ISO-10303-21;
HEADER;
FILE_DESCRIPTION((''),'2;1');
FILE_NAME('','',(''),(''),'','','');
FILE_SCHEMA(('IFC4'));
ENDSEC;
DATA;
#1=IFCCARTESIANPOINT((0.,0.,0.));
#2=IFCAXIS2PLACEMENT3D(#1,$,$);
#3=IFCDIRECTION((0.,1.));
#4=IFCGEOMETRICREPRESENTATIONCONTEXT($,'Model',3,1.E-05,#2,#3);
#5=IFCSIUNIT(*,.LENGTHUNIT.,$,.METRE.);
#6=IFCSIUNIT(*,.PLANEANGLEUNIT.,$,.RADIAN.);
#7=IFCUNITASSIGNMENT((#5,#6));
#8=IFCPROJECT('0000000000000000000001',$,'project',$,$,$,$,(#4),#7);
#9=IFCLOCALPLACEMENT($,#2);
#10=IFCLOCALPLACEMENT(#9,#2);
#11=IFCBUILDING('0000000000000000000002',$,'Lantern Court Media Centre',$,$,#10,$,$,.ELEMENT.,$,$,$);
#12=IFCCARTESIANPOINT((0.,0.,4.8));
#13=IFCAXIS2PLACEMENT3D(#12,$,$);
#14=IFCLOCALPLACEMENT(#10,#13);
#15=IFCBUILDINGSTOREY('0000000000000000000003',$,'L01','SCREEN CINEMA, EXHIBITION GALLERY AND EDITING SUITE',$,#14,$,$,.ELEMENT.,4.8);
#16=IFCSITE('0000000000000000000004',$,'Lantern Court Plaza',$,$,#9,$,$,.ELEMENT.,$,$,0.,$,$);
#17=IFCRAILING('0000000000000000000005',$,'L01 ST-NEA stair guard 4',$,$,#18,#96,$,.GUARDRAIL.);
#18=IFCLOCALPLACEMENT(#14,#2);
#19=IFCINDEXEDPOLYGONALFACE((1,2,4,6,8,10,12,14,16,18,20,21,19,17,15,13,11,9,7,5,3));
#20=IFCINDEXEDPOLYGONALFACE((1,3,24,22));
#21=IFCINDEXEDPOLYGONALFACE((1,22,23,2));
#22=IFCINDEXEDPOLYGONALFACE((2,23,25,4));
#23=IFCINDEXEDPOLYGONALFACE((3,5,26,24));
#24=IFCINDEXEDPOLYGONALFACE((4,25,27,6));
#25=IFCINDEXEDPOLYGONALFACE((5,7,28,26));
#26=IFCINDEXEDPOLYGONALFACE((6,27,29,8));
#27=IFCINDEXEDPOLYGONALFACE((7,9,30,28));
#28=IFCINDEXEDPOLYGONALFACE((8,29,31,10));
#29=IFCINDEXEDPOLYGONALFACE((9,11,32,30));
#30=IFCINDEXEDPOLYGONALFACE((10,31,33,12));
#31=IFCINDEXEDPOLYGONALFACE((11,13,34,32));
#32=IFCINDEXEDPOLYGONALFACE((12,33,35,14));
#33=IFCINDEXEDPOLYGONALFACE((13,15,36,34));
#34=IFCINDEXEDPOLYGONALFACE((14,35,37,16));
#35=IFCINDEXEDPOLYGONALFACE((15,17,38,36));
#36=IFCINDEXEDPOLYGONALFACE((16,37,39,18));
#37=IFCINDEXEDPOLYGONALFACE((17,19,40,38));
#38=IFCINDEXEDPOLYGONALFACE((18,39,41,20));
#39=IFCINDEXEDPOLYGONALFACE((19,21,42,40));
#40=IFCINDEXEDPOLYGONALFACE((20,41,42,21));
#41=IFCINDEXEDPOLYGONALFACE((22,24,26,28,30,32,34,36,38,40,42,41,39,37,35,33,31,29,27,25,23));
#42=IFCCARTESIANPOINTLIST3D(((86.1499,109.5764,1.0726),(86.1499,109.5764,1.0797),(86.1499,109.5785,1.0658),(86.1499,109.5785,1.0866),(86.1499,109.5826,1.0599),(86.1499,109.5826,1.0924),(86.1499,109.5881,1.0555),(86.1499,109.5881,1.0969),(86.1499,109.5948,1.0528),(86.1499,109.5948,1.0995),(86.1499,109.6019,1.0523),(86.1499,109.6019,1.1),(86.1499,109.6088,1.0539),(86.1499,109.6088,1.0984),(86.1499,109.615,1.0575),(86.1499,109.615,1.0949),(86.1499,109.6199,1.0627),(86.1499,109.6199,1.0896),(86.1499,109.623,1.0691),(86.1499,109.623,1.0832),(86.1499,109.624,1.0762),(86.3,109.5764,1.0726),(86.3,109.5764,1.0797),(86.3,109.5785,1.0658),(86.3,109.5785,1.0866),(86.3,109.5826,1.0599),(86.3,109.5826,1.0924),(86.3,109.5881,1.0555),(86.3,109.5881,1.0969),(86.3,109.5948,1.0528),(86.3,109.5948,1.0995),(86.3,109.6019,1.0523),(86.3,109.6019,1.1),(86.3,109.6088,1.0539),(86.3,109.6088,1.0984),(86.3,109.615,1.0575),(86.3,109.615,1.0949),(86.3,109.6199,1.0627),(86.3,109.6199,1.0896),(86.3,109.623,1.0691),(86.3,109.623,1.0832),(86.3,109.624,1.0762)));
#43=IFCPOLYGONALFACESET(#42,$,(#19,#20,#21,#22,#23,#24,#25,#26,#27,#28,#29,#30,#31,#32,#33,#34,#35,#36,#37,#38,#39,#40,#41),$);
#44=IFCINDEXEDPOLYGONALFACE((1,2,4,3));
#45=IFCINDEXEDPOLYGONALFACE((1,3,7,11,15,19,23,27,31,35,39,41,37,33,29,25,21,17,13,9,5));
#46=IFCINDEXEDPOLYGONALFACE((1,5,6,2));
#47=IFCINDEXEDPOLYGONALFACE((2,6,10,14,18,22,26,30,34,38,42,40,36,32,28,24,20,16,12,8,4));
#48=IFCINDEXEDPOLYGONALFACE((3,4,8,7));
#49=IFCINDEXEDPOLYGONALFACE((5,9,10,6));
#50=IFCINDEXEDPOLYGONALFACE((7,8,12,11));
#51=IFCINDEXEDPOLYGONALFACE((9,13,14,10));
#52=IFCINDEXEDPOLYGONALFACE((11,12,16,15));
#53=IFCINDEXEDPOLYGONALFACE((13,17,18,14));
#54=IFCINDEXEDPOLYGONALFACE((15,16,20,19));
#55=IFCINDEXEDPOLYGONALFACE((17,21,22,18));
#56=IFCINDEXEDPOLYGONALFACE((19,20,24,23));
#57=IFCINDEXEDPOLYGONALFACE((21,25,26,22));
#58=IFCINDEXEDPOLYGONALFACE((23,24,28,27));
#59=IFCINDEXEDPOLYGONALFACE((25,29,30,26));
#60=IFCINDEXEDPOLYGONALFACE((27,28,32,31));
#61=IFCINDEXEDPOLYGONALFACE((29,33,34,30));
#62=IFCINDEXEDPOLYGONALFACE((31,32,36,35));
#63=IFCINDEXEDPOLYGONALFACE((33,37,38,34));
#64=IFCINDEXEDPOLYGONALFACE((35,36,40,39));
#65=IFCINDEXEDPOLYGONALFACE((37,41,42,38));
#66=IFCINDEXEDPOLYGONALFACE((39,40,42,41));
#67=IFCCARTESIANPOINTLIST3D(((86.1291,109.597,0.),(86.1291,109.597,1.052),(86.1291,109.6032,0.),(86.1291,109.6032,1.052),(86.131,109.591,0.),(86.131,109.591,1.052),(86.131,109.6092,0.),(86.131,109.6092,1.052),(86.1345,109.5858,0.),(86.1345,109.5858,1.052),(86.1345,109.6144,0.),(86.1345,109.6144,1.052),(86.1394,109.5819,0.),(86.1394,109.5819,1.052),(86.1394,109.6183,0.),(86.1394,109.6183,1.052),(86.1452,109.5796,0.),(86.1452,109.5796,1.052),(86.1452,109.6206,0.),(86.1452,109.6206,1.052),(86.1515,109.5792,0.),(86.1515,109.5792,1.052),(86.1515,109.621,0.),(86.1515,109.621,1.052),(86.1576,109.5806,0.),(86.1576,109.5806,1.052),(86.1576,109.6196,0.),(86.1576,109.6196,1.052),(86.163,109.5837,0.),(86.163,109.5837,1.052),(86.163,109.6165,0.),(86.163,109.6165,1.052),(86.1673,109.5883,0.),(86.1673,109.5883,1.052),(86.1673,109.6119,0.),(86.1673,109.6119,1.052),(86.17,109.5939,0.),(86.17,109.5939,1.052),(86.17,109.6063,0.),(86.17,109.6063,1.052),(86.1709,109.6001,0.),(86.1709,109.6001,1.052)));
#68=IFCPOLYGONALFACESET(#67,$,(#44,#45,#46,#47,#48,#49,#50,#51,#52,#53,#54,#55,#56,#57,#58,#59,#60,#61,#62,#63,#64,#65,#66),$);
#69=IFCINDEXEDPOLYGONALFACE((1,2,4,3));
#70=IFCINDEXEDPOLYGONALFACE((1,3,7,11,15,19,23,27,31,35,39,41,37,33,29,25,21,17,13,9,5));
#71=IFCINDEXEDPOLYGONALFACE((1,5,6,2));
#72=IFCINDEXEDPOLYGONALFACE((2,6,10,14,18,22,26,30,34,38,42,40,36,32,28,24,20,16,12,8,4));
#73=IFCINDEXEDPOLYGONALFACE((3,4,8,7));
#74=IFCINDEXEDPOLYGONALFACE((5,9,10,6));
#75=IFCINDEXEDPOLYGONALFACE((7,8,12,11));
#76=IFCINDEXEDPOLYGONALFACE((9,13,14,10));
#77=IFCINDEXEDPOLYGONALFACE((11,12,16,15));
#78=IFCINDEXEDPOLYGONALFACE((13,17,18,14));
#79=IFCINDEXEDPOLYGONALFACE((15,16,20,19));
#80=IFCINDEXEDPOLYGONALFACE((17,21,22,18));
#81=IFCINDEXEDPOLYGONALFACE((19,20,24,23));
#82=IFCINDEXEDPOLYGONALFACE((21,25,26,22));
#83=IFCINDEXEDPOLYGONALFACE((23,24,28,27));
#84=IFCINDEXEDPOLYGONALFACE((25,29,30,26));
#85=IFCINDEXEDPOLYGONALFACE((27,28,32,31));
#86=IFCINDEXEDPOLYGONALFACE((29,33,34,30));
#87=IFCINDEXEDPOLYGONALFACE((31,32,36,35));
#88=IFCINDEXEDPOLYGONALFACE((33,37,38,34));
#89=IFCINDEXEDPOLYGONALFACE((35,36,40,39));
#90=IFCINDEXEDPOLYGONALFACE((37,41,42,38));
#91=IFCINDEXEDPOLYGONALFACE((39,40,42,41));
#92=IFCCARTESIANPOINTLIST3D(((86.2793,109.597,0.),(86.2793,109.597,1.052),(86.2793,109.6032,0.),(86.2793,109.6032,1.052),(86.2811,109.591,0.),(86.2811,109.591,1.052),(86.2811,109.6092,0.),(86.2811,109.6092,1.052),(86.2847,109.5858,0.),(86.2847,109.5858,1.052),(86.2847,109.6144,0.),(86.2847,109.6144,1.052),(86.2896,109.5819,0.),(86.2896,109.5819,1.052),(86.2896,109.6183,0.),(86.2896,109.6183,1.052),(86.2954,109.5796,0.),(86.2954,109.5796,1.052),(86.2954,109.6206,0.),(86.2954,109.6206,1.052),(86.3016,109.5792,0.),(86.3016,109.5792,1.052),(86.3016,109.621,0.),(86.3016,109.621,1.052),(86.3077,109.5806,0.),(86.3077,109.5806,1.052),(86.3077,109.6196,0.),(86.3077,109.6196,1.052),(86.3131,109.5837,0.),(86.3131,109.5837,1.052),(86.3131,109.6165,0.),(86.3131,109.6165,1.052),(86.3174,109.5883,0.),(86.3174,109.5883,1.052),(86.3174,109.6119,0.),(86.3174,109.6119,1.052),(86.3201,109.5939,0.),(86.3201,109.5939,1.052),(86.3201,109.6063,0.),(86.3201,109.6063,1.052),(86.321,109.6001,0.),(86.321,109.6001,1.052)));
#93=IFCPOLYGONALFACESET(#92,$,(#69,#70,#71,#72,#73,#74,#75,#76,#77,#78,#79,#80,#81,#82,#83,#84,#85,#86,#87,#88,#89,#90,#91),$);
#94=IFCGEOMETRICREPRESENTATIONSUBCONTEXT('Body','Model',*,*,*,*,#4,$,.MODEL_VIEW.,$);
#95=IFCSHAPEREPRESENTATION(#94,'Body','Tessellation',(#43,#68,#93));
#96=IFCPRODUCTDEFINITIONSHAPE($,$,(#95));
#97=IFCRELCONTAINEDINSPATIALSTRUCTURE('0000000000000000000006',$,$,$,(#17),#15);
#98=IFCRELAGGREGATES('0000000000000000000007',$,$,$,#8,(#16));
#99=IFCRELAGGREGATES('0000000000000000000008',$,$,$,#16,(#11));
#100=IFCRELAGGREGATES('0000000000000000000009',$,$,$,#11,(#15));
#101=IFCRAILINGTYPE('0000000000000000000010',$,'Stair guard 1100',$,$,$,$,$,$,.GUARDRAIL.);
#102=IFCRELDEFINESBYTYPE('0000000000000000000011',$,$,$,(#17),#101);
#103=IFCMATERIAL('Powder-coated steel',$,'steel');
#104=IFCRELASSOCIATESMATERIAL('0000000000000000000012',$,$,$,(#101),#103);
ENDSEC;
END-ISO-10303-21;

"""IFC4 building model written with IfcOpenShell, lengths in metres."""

from ifc_helpers import new_model, si_unit, direction, frame, origin, origin_2d, place, context, subcontext, project, spatial, circle, extrude, material, type_object, element, save


model = new_model("IFC4")

# Units and contexts
model_context = context("Model", 3, precision=1e-05, world=origin(), true_north=direction((0.0, 1.0)))
body_context = subcontext(model_context, "Body", "Model", "MODEL_VIEW")
ifc_project = project(units=[si_unit("LENGTHUNIT", "METRE"), si_unit("PLANEANGLEUNIT", "RADIAN")], contexts=[model_context])

# Site, building, storey
site_placement = place(None, origin())
site = spatial("IfcSite", under=ifc_project, at=site_placement, Name="Lantern Court Plaza", CompositionType="ELEMENT", RefElevation=0.0)
building_placement = place(site_placement, origin())
building = spatial("IfcBuilding", under=site, at=building_placement, Name="Lantern Court Media Centre", CompositionType="ELEMENT")
storey_placement = place(building_placement, frame((0.0, 0.0, 4.8)))
storey = spatial("IfcBuildingStorey", under=building, at=storey_placement, Name="L01", Description="SCREEN CINEMA, EXHIBITION GALLERY AND EDITING SUITE", CompositionType="ELEMENT", Elevation=4.8)

# Shared definitions
ifc_material_1 = material(Name="Powder-coated steel", Category="steel")

# Railing
railing_type_1 = type_object("IfcRailingType", Name="Stair guard 1100", PredefinedType="GUARDRAIL", material=ifc_material_1)
railing_1_placement = place(storey_placement, frame((86.1499, 109.6001, 0.0)))
element("IfcRailing", 1, at=railing_1_placement, inside=storey, type_object=railing_type_1, Name="L01 ST-NEA stair guard 4", PredefinedType="GUARDRAIL", context=body_context, shape_type="SweptSolid", body=[
    extrude(circle(Radius=0.0239, at=origin_2d()), frame((0.0, 0.0, 1.0762), z_axis=(1.0, 0.0, 0.0), x_axis=(0.0, 1.0, 0.0)), (0.0, 0.0, 1.0), 0.1501),
    extrude(circle(Radius=0.021, at=origin_2d()), origin(), (0.0, 0.0, 1.0), 1.052),
    extrude(circle(Radius=0.021, at=origin_2d()), frame((0.1501, 0.0, 0.0)), (0.0, 0.0, 1.0), 1.052),
])

save(model, "model.ifc")
